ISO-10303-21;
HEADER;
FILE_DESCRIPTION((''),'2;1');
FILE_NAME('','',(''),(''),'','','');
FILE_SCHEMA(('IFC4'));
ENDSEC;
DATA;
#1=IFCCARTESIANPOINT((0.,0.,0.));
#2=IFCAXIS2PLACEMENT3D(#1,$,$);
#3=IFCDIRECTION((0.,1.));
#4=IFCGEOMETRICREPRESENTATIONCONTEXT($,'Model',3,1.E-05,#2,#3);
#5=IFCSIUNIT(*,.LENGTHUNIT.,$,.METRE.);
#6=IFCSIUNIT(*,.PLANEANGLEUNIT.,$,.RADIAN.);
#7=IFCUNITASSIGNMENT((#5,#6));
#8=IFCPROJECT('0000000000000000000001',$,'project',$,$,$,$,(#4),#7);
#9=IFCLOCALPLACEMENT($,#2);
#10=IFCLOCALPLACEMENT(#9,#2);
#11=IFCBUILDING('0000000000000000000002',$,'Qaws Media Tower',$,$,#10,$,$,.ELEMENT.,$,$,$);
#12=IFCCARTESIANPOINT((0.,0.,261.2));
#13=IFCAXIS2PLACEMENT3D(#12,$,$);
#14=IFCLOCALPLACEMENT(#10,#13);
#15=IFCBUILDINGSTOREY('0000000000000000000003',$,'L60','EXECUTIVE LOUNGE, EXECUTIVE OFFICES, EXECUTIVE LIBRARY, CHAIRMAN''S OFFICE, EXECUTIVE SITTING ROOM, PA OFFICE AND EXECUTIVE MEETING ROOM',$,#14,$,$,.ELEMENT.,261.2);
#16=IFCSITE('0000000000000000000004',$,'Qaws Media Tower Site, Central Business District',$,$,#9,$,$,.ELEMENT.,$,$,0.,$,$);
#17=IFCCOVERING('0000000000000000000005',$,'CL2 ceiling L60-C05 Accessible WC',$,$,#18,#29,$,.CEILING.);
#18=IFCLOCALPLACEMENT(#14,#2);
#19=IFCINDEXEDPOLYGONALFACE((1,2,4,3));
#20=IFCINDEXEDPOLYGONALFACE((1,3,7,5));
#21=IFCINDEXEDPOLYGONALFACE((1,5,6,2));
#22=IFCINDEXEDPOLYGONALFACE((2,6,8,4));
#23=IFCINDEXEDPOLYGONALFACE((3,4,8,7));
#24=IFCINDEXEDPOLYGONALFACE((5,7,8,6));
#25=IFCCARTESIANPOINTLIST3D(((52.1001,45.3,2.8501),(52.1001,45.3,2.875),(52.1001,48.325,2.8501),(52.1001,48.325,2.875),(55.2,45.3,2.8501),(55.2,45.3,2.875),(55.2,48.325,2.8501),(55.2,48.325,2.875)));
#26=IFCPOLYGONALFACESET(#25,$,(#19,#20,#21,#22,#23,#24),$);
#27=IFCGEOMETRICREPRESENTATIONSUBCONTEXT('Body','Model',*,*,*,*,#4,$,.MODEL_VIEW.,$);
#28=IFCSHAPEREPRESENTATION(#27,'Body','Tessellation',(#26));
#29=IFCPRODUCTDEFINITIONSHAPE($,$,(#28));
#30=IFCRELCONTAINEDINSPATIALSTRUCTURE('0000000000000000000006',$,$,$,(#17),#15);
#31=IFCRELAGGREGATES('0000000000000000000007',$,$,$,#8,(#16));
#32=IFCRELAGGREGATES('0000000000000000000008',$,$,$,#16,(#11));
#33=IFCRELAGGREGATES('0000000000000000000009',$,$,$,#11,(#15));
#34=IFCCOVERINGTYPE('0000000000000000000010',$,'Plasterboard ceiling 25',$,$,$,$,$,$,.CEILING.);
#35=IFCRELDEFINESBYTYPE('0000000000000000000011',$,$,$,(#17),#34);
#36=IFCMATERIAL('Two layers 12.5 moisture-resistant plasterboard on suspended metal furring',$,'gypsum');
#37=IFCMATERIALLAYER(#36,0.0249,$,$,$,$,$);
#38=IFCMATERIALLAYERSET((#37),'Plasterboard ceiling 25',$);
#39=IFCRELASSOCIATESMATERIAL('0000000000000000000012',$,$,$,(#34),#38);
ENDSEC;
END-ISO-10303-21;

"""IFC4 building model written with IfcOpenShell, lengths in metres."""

from ifc_helpers import new_model, si_unit, direction, frame, origin, place, context, subcontext, project, spatial, polyline, outline, extrude, material, layer, layer_set, type_object, element, save


model = new_model("IFC4")

# Units and contexts
model_context = context("Model", 3, precision=1e-05, world=origin(), true_north=direction((0.0, 1.0)))
body_context = subcontext(model_context, "Body", "Model", "MODEL_VIEW")
ifc_project = project(units=[si_unit("LENGTHUNIT", "METRE"), si_unit("PLANEANGLEUNIT", "RADIAN")], contexts=[model_context])

# Site, building, storey
site_placement = place(None, origin())
site = spatial("IfcSite", under=ifc_project, at=site_placement, Name="Qaws Media Tower Site, Central Business District", CompositionType="ELEMENT", RefElevation=0.0)
building_placement = place(site_placement, origin())
building = spatial("IfcBuilding", under=site, at=building_placement, Name="Qaws Media Tower", CompositionType="ELEMENT")
storey_placement = place(building_placement, frame((0.0, 0.0, 261.2)))
storey = spatial("IfcBuildingStorey", under=building, at=storey_placement, Name="L60", Description="EXECUTIVE LOUNGE, EXECUTIVE OFFICES, EXECUTIVE LIBRARY, CHAIRMAN'S OFFICE, EXECUTIVE SITTING ROOM, PA OFFICE AND EXECUTIVE MEETING ROOM", CompositionType="ELEMENT", Elevation=261.2)

# Covering
ifc_material_1 = material(Name="Two layers 12.5 moisture-resistant plasterboard on suspended metal furring", Category="gypsum")
ifc_layer_1 = layer(ifc_material_1, 0.0249)
ifc_layer_set_1 = layer_set([ifc_layer_1], Name="Plasterboard ceiling 25")
covering_type_1 = type_object("IfcCoveringType", Name="Plasterboard ceiling 25", PredefinedType="CEILING", material=ifc_layer_set_1)
covering_1_placement = place(storey_placement, frame((0.0, 0.0, 2.8501)))
element("IfcCovering", 1, at=covering_1_placement, inside=storey, type_object=covering_type_1, Name="CL2 ceiling L60-C05 Accessible WC", PredefinedType="CEILING", context=body_context, shape_type="SweptSolid", body=[
    extrude(outline(polyline([(52.1001, 45.3), (52.1001, 48.325), (55.2, 48.325), (55.2, 45.3), (52.1001, 45.3)])), origin(), (0.0, 0.0, 1.0), 0.0249),
])

save(model, "model.ifc")
